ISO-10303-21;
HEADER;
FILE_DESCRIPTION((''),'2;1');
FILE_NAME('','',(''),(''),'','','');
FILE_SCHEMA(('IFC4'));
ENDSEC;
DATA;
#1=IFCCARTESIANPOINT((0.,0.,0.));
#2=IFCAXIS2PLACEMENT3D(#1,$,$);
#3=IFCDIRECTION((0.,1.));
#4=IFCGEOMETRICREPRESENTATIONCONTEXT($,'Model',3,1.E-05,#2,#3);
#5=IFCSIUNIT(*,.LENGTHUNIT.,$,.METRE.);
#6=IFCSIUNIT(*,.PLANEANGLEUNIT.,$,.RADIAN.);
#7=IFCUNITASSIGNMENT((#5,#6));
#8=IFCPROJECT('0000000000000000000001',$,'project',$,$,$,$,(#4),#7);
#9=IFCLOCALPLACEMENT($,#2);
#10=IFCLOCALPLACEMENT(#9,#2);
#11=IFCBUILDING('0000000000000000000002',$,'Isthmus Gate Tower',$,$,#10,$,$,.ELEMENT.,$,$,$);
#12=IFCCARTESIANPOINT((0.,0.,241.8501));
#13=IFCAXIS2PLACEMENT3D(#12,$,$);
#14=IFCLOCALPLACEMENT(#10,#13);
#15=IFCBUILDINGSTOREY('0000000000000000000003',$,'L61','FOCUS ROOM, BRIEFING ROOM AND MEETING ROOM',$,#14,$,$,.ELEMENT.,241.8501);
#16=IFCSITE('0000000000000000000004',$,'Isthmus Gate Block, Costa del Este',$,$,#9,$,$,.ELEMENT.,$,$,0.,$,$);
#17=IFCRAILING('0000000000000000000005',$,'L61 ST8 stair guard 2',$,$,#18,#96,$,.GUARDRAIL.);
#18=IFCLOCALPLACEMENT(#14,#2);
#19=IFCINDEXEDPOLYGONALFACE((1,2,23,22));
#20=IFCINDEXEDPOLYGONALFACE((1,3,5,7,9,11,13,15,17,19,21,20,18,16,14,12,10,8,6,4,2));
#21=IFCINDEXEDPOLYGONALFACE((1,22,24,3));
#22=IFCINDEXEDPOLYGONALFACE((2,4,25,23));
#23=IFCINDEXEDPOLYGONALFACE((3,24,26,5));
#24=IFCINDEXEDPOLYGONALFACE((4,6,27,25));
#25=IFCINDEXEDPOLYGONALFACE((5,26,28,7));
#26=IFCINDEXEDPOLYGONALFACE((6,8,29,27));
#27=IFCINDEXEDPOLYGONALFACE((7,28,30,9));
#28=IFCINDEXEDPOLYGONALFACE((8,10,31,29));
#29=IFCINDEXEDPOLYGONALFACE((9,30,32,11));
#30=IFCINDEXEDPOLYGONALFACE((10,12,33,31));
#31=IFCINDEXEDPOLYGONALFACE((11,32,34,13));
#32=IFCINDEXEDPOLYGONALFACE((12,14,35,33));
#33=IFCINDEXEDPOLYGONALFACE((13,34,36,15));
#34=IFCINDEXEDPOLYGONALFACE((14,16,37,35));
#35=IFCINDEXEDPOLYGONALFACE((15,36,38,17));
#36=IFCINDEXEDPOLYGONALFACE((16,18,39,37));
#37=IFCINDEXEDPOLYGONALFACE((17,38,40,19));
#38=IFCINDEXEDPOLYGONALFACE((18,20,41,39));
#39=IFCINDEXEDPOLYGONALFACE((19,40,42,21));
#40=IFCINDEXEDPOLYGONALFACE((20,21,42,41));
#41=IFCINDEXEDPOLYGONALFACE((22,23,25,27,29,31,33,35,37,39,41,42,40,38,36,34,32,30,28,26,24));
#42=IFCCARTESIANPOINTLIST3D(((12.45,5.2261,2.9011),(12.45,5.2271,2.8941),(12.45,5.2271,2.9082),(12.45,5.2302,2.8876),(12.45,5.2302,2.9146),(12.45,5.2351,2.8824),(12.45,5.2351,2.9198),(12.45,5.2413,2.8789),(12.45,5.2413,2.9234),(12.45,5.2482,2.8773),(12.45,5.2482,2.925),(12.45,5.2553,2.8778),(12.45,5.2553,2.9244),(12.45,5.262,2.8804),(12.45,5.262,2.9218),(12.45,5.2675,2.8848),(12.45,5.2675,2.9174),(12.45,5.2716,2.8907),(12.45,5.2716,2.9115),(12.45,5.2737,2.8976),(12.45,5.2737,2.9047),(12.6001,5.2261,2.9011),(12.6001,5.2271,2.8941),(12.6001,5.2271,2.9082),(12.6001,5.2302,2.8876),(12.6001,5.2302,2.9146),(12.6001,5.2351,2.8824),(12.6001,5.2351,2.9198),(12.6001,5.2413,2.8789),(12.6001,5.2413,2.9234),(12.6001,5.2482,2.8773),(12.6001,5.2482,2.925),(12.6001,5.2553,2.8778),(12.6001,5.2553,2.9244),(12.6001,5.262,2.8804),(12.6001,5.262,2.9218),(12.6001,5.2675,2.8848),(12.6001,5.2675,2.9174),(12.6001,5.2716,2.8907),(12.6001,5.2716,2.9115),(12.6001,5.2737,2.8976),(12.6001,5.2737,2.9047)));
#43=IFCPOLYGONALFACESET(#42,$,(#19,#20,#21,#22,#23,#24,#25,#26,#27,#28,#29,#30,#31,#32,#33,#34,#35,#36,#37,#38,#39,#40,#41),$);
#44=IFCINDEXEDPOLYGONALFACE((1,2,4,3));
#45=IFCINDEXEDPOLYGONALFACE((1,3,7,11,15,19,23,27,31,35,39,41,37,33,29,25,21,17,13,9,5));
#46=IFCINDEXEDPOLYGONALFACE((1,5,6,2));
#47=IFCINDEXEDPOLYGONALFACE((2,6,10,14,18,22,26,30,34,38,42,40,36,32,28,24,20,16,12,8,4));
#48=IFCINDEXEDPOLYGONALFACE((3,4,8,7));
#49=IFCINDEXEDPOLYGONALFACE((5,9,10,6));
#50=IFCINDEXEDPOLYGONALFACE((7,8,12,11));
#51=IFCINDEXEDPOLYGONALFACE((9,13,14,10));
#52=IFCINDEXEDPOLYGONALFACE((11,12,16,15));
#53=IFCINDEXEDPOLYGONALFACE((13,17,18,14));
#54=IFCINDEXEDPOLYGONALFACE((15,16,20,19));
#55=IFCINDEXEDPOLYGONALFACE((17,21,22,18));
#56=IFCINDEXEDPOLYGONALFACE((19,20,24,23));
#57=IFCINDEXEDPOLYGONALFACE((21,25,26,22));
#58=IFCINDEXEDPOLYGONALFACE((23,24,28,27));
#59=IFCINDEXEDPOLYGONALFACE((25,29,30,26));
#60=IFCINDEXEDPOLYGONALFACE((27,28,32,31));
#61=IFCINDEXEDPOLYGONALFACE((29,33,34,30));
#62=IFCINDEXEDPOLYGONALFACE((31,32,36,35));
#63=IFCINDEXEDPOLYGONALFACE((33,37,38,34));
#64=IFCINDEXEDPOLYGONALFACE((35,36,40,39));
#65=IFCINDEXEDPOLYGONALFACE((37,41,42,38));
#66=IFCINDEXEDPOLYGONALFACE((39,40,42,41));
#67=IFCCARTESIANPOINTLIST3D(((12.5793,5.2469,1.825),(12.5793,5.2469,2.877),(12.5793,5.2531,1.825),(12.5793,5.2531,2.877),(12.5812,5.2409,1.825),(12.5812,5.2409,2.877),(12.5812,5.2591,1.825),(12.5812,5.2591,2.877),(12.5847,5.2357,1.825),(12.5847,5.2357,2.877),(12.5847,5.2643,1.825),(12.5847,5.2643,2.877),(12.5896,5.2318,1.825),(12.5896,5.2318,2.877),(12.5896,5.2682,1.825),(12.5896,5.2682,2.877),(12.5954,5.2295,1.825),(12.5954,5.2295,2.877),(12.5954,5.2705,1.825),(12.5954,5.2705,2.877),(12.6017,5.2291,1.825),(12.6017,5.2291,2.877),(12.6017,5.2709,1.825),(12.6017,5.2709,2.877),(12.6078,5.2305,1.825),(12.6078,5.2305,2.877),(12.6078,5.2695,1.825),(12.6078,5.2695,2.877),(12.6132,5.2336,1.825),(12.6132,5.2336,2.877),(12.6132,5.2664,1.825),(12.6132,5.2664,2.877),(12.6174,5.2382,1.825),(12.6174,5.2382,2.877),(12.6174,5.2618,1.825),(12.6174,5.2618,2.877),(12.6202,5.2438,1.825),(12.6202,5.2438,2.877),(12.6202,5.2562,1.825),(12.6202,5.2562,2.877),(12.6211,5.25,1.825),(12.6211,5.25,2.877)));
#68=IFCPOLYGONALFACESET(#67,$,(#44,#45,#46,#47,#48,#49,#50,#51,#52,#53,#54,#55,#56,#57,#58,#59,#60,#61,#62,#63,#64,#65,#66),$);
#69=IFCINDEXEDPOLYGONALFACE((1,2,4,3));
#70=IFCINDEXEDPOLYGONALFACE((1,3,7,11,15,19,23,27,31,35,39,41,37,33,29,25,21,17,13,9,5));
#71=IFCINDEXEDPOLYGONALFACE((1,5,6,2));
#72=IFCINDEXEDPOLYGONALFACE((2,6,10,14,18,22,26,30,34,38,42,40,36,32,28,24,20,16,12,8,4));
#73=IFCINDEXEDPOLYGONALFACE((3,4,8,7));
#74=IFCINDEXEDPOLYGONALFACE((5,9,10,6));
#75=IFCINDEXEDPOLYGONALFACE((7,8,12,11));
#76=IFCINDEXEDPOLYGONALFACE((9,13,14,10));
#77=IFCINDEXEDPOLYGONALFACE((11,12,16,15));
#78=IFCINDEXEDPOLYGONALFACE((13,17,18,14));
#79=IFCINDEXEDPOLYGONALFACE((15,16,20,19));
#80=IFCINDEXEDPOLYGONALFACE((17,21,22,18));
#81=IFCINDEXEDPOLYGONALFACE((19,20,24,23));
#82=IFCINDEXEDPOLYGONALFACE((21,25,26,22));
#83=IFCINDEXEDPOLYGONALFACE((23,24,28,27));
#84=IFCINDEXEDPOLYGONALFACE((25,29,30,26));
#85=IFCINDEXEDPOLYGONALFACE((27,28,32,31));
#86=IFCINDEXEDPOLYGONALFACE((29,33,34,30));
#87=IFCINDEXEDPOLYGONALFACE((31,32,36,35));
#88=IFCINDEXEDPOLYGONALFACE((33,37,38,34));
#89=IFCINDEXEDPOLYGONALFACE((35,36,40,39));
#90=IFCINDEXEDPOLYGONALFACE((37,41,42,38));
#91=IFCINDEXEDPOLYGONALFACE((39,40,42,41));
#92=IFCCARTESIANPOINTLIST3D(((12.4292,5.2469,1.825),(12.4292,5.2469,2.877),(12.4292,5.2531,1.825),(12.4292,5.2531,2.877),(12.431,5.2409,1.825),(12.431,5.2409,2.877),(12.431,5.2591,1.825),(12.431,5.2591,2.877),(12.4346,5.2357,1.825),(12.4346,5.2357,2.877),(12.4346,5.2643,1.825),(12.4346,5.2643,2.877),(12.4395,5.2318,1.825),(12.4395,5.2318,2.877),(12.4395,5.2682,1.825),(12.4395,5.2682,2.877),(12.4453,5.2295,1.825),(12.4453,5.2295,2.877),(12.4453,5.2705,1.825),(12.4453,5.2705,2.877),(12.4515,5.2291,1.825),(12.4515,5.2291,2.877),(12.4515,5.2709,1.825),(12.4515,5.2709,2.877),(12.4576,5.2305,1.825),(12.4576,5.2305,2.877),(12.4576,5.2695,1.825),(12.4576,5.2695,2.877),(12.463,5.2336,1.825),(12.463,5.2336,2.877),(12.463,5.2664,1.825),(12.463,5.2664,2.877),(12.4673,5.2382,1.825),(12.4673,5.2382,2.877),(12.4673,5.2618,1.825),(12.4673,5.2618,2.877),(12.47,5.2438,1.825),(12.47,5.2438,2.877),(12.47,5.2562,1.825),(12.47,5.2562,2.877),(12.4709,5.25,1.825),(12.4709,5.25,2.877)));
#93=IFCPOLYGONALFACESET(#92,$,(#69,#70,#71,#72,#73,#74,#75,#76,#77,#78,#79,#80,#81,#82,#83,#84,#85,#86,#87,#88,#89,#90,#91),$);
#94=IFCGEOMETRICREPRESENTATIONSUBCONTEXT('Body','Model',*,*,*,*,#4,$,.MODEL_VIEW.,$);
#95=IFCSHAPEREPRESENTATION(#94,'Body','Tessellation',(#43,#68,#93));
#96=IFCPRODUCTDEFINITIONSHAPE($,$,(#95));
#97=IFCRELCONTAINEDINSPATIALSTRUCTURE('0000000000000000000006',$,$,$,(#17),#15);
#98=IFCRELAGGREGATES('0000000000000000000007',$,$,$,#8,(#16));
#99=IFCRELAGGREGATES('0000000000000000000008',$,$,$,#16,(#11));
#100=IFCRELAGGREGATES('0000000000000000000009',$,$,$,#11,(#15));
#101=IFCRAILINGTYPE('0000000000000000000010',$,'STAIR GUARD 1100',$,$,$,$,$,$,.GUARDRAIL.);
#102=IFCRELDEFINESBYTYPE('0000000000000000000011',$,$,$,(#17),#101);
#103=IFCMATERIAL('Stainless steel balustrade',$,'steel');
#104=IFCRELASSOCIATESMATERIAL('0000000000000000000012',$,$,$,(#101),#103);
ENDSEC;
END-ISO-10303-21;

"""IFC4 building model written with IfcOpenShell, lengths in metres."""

from ifc_helpers import new_model, si_unit, direction, frame, origin, origin_2d, place, context, subcontext, project, spatial, circle, extrude, material, type_object, element, save


model = new_model("IFC4")

# Units and contexts
model_context = context("Model", 3, precision=1e-05, world=origin(), true_north=direction((0.0, 1.0)))
body_context = subcontext(model_context, "Body", "Model", "MODEL_VIEW")
ifc_project = project(units=[si_unit("LENGTHUNIT", "METRE"), si_unit("PLANEANGLEUNIT", "RADIAN")], contexts=[model_context])

# Site, building, storey
site_placement = place(None, origin())
site = spatial("IfcSite", under=ifc_project, at=site_placement, Name="Isthmus Gate Block, Costa del Este", CompositionType="ELEMENT", RefElevation=0.0)
building_placement = place(site_placement, origin())
building = spatial("IfcBuilding", under=site, at=building_placement, Name="Isthmus Gate Tower", CompositionType="ELEMENT")
storey_placement = place(building_placement, frame((0.0, 0.0, 241.8501)))
storey = spatial("IfcBuildingStorey", under=building, at=storey_placement, Name="L61", Description="FOCUS ROOM, BRIEFING ROOM AND MEETING ROOM", CompositionType="ELEMENT", Elevation=241.8501)

# Railing
ifc_material_1 = material(Name="Stainless steel balustrade", Category="steel")
railing_type_1 = type_object("IfcRailingType", Name="STAIR GUARD 1100", PredefinedType="GUARDRAIL", material=ifc_material_1)
railing_1_placement = place(storey_placement, frame((12.6001, 5.25, 1.825)))
element("IfcRailing", 1, at=railing_1_placement, inside=storey, type_object=railing_type_1, Name="L61 ST8 stair guard 2", PredefinedType="GUARDRAIL", context=body_context, shape_type="SweptSolid", body=[
    extrude(circle(Radius=0.0239, at=origin_2d()), frame((0.0, 0.0, 1.0762), z_axis=(-1.0, 0.0, 0.0), x_axis=(0.0, -1.0, 0.0)), (0.0, 0.0, 1.0), 0.1501),
    extrude(circle(Radius=0.021, at=origin_2d()), origin(), (0.0, 0.0, 1.0), 1.052),
    extrude(circle(Radius=0.021, at=origin_2d()), frame((-0.1501, 0.0, 0.0)), (0.0, 0.0, 1.0), 1.052),
])

save(model, "model.ifc")
